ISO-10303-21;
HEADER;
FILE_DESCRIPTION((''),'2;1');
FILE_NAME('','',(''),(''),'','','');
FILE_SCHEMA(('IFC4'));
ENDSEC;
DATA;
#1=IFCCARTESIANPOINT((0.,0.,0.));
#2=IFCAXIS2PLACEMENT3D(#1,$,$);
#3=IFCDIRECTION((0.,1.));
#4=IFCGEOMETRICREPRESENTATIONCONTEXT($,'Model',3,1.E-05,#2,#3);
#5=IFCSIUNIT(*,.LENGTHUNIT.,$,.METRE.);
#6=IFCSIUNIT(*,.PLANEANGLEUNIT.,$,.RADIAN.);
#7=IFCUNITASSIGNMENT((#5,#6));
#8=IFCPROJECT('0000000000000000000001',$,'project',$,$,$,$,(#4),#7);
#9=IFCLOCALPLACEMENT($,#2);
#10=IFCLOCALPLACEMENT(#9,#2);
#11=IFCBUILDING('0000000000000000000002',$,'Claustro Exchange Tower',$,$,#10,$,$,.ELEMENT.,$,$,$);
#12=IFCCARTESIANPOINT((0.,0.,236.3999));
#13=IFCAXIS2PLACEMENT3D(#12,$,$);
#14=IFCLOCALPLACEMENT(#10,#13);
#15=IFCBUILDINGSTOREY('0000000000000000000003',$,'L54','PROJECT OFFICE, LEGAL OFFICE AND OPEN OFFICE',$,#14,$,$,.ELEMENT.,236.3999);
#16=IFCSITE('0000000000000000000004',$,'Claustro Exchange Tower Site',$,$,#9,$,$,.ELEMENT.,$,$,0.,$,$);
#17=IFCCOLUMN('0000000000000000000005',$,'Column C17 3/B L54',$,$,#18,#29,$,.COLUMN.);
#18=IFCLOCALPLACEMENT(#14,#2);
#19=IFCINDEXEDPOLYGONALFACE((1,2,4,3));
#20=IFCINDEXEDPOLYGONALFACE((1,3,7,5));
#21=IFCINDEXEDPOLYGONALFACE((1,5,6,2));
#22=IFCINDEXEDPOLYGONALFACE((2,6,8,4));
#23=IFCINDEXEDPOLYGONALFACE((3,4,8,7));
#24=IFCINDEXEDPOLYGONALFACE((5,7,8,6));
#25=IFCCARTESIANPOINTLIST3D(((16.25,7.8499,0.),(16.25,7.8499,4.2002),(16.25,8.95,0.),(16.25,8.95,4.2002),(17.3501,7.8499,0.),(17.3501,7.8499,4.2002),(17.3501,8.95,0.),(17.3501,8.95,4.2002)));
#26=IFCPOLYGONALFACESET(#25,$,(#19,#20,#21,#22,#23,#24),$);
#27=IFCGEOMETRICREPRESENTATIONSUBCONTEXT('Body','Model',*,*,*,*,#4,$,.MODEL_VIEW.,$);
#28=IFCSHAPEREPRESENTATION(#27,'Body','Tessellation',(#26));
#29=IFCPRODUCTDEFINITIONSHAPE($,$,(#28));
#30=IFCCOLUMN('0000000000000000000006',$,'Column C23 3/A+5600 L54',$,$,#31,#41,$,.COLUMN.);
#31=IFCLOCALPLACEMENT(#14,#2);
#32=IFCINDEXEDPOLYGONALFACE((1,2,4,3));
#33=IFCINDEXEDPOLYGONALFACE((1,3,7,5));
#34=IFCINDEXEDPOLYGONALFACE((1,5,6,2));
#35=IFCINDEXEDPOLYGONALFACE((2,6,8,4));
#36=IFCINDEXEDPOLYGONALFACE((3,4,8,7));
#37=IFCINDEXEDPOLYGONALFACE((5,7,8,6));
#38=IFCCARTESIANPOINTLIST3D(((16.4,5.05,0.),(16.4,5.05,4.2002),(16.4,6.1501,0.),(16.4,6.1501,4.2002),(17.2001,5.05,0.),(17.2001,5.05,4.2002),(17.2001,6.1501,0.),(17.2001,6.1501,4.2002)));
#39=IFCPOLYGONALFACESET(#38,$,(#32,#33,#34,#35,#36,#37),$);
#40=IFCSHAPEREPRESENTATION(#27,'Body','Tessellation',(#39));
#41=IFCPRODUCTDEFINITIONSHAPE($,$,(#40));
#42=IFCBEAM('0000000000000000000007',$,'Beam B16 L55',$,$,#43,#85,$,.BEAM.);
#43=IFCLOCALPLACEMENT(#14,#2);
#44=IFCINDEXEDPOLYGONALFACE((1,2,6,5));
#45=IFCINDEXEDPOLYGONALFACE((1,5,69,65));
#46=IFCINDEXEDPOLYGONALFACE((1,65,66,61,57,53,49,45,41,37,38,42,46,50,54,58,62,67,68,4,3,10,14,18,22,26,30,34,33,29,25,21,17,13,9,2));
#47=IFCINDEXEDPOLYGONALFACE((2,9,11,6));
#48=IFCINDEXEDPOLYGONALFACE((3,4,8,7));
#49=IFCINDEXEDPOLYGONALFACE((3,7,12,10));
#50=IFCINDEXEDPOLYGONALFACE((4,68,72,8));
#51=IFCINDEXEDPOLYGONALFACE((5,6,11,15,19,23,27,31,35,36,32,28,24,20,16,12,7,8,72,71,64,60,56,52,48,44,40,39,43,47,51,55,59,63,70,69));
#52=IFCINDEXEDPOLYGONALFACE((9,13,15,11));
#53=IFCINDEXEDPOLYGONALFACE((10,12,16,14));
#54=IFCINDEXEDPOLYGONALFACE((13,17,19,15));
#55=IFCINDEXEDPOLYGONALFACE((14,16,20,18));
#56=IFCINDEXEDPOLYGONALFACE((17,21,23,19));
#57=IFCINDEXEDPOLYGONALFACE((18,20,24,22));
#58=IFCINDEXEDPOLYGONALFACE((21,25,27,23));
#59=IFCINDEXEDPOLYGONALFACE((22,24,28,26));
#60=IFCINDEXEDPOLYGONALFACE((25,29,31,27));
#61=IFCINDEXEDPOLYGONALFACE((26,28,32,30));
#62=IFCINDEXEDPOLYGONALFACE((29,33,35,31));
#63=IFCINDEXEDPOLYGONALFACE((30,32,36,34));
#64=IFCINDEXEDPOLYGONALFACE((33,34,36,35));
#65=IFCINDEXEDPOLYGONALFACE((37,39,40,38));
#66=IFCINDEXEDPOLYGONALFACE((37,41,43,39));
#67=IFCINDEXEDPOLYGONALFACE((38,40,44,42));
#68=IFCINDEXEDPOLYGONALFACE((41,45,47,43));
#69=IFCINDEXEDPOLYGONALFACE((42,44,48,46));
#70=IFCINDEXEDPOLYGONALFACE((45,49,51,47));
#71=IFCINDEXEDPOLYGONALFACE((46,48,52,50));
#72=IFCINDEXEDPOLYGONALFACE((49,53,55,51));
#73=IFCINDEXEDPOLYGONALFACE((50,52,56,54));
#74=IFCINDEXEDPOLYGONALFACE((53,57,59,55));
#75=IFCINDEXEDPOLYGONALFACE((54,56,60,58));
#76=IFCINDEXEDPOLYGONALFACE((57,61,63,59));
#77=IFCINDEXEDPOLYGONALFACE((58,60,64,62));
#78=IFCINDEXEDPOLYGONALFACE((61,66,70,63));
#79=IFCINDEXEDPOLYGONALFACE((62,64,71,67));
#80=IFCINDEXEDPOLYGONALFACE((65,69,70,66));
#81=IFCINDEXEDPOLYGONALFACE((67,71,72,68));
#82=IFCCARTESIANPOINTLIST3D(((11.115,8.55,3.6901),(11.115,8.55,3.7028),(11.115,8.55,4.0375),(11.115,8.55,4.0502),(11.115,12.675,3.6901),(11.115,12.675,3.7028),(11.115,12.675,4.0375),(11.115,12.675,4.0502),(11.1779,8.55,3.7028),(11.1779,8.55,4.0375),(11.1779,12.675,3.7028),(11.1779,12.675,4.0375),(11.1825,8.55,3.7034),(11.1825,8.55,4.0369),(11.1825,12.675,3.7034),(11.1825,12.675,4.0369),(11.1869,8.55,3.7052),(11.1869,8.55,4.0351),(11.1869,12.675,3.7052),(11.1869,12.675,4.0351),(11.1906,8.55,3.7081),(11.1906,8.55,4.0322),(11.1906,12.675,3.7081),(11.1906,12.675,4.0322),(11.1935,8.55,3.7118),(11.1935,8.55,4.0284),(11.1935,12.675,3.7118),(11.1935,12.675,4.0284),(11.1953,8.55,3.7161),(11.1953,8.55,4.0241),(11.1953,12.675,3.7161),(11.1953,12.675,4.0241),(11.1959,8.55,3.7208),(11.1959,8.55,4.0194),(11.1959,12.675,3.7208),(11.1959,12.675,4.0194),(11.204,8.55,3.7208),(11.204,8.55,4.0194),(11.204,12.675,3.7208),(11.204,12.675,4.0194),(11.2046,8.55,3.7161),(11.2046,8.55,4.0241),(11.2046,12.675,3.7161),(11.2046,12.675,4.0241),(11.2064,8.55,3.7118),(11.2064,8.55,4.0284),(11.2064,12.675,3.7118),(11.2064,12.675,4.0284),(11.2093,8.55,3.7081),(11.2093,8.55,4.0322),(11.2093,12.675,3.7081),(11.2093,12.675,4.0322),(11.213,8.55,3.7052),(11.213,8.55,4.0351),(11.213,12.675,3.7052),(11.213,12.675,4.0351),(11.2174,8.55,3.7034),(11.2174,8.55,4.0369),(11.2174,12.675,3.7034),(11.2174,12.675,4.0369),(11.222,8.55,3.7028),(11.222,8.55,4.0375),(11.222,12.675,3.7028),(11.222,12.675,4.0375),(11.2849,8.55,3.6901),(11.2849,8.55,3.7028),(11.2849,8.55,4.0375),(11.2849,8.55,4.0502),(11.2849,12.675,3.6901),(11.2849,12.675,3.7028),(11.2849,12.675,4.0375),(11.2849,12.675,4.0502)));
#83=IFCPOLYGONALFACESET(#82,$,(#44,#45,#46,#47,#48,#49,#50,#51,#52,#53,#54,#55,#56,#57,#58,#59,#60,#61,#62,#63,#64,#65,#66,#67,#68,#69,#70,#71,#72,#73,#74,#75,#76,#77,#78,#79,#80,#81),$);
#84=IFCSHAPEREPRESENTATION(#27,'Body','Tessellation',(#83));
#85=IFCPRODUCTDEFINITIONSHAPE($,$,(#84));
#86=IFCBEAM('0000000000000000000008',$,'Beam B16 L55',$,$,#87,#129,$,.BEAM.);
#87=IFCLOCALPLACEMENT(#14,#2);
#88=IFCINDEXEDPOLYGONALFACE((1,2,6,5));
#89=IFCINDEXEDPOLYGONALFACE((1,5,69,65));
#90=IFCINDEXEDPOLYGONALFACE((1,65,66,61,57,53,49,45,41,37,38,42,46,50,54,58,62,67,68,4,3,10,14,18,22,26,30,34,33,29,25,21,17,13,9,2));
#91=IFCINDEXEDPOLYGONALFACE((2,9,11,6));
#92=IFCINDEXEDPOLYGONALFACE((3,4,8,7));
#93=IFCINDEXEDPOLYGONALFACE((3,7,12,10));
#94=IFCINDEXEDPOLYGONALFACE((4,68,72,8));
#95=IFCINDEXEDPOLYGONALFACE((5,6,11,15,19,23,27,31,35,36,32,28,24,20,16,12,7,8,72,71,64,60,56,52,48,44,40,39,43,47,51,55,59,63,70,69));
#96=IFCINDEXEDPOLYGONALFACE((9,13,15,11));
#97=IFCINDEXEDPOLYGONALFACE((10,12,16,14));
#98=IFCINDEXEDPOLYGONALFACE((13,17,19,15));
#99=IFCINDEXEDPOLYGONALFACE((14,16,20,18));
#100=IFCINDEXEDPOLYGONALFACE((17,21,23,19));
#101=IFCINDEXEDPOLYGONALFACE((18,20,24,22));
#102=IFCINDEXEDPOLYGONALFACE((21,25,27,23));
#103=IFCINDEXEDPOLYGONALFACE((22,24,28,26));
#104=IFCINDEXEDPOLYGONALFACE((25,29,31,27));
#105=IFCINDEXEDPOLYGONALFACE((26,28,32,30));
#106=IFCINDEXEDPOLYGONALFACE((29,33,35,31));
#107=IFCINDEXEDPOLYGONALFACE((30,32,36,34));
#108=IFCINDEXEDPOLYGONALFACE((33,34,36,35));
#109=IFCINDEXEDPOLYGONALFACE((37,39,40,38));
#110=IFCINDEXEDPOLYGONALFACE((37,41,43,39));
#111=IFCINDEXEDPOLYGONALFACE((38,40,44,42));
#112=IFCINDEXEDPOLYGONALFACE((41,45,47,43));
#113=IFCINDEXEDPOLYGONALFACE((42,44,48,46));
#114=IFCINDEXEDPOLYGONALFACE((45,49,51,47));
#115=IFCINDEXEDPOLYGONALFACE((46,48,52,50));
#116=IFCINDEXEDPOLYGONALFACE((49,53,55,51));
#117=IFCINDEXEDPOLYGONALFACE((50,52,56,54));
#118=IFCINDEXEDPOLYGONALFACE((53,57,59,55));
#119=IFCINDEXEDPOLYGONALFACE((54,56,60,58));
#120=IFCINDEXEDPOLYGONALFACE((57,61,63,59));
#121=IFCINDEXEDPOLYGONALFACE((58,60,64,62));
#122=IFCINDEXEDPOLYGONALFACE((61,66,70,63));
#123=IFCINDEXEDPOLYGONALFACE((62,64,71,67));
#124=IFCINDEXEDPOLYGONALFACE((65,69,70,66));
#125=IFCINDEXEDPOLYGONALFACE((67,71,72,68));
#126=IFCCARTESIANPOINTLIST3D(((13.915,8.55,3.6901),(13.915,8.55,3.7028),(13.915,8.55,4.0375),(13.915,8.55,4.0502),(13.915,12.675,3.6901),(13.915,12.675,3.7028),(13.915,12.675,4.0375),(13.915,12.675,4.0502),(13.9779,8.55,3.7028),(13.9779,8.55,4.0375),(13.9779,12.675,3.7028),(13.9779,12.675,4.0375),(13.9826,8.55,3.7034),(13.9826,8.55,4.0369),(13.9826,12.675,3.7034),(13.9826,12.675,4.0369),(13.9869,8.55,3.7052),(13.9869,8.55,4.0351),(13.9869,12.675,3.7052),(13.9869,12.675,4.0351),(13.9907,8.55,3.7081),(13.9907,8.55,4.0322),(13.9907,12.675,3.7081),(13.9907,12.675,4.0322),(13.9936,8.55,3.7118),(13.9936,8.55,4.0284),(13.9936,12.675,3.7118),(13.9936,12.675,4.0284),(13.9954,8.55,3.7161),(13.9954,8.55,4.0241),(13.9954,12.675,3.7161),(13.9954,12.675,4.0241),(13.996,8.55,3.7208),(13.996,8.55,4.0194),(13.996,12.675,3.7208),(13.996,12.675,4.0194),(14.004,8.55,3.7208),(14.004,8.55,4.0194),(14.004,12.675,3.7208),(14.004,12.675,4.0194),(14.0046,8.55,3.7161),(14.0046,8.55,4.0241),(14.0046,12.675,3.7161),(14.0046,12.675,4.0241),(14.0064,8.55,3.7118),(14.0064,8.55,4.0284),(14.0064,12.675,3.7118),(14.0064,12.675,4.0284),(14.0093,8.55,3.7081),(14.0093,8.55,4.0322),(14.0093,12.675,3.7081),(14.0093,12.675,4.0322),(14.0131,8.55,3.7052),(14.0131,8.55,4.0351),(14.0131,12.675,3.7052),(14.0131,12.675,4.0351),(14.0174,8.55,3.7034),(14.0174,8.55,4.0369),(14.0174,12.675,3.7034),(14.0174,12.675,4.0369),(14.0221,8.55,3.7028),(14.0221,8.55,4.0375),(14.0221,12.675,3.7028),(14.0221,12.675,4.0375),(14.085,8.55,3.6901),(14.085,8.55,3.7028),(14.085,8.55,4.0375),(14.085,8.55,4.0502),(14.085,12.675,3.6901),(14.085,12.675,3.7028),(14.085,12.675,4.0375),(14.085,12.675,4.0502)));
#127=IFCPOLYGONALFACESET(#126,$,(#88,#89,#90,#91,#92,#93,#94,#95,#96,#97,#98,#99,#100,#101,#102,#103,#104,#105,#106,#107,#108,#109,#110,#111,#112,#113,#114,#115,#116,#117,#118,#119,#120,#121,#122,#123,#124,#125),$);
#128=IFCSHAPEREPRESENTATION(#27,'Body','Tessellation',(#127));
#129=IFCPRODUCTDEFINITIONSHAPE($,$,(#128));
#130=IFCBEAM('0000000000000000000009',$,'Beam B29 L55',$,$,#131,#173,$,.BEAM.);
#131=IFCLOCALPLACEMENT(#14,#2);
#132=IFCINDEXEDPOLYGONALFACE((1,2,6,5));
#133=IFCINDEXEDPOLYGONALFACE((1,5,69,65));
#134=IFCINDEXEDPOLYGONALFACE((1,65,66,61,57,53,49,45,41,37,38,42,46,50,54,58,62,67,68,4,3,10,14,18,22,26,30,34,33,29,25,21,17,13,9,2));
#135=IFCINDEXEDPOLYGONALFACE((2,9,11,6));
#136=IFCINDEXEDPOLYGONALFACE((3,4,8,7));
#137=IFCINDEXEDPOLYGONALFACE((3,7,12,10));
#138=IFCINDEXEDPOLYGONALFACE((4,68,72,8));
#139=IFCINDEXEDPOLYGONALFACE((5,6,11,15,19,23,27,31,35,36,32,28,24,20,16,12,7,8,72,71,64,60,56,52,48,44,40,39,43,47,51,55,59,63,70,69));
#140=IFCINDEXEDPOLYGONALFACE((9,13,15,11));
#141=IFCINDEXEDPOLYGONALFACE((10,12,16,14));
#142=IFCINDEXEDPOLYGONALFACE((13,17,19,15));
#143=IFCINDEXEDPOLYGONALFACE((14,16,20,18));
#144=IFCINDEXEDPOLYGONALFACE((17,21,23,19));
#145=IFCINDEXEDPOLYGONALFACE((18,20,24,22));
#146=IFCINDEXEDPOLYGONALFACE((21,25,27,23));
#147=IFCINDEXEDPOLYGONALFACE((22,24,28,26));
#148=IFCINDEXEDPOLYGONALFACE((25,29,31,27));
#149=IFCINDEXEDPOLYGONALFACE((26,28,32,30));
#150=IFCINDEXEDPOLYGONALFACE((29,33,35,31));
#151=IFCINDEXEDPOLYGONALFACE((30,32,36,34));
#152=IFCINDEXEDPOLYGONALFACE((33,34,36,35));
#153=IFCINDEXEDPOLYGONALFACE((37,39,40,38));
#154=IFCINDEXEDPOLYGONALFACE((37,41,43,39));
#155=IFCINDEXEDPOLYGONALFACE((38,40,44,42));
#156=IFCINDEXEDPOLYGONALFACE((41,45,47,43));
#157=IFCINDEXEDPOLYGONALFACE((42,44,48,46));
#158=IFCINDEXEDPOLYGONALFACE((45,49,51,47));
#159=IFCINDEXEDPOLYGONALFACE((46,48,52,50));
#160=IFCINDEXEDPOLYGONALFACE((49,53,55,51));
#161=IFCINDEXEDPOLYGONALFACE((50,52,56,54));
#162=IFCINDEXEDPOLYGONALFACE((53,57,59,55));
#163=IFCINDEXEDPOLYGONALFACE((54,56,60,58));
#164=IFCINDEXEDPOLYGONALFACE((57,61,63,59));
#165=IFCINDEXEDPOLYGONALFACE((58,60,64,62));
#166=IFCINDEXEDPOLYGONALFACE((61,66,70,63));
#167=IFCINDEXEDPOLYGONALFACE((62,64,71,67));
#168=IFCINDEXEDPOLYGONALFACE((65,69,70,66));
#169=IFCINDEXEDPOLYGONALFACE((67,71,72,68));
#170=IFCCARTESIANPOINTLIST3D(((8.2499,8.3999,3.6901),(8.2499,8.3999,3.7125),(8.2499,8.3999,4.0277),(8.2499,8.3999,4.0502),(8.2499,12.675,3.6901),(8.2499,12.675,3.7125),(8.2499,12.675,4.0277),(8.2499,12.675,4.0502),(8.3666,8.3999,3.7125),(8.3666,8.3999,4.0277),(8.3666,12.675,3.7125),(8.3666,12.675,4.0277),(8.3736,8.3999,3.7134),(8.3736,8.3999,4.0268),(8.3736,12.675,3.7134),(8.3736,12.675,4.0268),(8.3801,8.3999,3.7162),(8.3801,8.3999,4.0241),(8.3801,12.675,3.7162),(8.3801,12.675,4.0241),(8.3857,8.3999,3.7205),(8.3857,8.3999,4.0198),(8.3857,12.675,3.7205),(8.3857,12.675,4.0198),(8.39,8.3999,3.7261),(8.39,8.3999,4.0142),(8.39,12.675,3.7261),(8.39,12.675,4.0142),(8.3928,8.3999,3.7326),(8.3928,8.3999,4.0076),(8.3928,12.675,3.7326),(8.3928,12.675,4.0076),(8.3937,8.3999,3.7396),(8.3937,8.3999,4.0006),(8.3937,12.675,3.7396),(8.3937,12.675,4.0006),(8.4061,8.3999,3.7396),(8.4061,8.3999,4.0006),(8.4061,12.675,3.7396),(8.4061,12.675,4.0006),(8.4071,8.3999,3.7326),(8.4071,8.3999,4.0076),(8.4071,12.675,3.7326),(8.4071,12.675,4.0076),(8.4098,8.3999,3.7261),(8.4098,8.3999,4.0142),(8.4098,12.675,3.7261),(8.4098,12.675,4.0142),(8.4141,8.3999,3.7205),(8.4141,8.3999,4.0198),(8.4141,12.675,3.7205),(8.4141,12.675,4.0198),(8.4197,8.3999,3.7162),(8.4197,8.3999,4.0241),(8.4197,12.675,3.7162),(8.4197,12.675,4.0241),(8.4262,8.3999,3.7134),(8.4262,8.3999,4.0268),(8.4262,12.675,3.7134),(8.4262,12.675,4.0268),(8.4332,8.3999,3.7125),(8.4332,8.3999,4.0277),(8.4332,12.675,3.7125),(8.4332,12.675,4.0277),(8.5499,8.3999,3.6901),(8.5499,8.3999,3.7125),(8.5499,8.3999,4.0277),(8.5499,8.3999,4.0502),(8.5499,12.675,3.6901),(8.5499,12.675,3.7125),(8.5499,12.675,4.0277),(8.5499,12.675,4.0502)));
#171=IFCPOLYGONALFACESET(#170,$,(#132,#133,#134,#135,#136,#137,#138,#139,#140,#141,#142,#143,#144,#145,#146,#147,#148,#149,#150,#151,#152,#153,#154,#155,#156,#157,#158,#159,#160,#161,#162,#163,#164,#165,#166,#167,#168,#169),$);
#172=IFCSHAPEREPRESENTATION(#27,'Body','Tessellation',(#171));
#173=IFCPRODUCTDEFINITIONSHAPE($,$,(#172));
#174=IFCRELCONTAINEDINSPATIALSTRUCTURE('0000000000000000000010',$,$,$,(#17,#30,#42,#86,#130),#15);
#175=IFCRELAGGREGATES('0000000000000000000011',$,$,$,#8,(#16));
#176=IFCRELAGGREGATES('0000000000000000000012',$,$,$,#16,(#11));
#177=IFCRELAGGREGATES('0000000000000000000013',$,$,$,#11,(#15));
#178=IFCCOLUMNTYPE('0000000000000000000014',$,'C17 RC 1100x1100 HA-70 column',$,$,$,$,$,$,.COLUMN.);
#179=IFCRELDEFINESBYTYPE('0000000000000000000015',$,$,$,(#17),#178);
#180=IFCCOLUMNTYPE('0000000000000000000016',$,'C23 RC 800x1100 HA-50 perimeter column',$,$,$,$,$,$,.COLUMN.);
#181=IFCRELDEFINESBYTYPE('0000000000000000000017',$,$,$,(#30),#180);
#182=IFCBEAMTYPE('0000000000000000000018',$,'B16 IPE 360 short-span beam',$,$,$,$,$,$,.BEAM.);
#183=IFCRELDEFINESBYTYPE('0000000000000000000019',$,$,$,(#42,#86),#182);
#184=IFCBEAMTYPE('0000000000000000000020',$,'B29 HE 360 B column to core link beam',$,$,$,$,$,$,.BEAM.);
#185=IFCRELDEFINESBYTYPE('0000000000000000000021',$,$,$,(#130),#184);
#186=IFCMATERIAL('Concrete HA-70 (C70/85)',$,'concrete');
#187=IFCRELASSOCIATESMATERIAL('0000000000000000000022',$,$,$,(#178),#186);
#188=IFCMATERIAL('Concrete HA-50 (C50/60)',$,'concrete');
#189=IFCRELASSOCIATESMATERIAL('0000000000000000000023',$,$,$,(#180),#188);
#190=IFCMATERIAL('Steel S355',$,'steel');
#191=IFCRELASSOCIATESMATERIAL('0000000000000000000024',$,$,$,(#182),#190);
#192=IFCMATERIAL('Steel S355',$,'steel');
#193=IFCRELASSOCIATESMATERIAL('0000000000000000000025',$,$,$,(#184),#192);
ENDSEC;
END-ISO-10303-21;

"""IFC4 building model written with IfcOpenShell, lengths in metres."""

from ifc_helpers import new_model, si_unit, direction, frame, origin, origin_2d, place, context, subcontext, project, spatial, rectangle, i_section, extrude, material, material_profile, profile_set, type_object, element, save


model = new_model("IFC4")

# Units and contexts
model_context = context("Model", 3, precision=1e-05, world=origin(), true_north=direction((0.0, 1.0)))
body_context = subcontext(model_context, "Body", "Model", "MODEL_VIEW")
ifc_project = project(units=[si_unit("LENGTHUNIT", "METRE"), si_unit("PLANEANGLEUNIT", "RADIAN")], contexts=[model_context])

# Site, building, storey
site_placement = place(None, origin())
site = spatial("IfcSite", under=ifc_project, at=site_placement, Name="Claustro Exchange Tower Site", CompositionType="ELEMENT", RefElevation=0.0)
building_placement = place(site_placement, origin())
building = spatial("IfcBuilding", under=site, at=building_placement, Name="Claustro Exchange Tower", CompositionType="ELEMENT")
storey_placement = place(building_placement, frame((0.0, 0.0, 236.3999)))
storey = spatial("IfcBuildingStorey", under=building, at=storey_placement, Name="L54", Description="PROJECT OFFICE, LEGAL OFFICE AND OPEN OFFICE", CompositionType="ELEMENT", Elevation=236.3999)

# Columns
ifc_material_1 = material(Name="Concrete HA-70 (C70/85)", Category="concrete")
ifc_material_profile_1 = material_profile(ifc_material_1, rectangle(XDim=1.1001, YDim=1.1001, at=origin_2d()), Name="RC 1100x1100")
ifc_profile_set_1 = profile_set([ifc_material_profile_1], Name="Concrete HA-70 (C70/85)")
column_type_1 = type_object("IfcColumnType", Name="C17 RC 1100x1100 HA-70 column", PredefinedType="COLUMN", material=ifc_profile_set_1)
column_1_placement = place(storey_placement, frame((16.8, 8.3999, 0.0), z_axis=(0.0, 0.0, 1.0), x_axis=(1.0, 0.0, 0.0)))
element("IfcColumn", 1, at=column_1_placement, inside=storey, type_object=column_type_1, Name="Column C17 3/B L54", PredefinedType="COLUMN", context=body_context, shape_type="SweptSolid", body=[
    extrude(rectangle(XDim=1.1001, YDim=1.1001, at=origin_2d()), origin(), (0.0, 0.0, 1.0), 4.2002),
])
ifc_material_2 = material(Name="Concrete HA-50 (C50/60)", Category="concrete")
ifc_material_profile_2 = material_profile(ifc_material_2, rectangle(XDim=0.8, YDim=1.1001, at=origin_2d()), Name="RC 800x1100")
ifc_profile_set_2 = profile_set([ifc_material_profile_2], Name="Concrete HA-50 (C50/60)")
column_type_2 = type_object("IfcColumnType", Name="C23 RC 800x1100 HA-50 perimeter column", PredefinedType="COLUMN", material=ifc_profile_set_2)
column_2_placement = place(storey_placement, frame((16.8, 5.6001, 0.0), z_axis=(0.0, 0.0, 1.0), x_axis=(1.0, 0.0, 0.0)))
element("IfcColumn", 2, at=column_2_placement, inside=storey, type_object=column_type_2, Name="Column C23 3/A+5600 L54", PredefinedType="COLUMN", context=body_context, shape_type="SweptSolid", body=[
    extrude(rectangle(XDim=0.8, YDim=1.1001, at=origin_2d()), origin(), (0.0, 0.0, 1.0), 4.2002),
])

# Beams
ifc_material_3 = material(Name="Steel S355", Category="steel")
ifc_material_profile_3 = material_profile(ifc_material_3, i_section(OverallWidth=0.1699, OverallDepth=0.3601, WebThickness=0.0081, FlangeThickness=0.0127, FilletRadius=0.0181, at=origin_2d()), Name="IPE 360")
ifc_profile_set_3 = profile_set([ifc_material_profile_3], Name="Steel S355")
beam_type_1 = type_object("IfcBeamType", Name="B16 IPE 360 short-span beam", PredefinedType="BEAM", material=ifc_profile_set_3)
for number, where, z_axis, x_axis, name in (
    (3, (11.2, 8.55, 3.8701), (0.0, 1.0, 0.0), (-1.0, 0.0, 0.0), "Beam B16 L55"),
    (4, (14.0, 8.55, 3.8701), (0.0, 1.0, 0.0), (-1.0, 0.0, 0.0), "Beam B16 L55"),
):
    element("IfcBeam", number, at=place(storey_placement, frame(where, z_axis=z_axis, x_axis=x_axis)), inside=storey, type_object=beam_type_1, Name=name, PredefinedType="BEAM", context=body_context, shape_type="SweptSolid", body=[
        extrude(i_section(OverallWidth=0.1699, OverallDepth=0.3601, WebThickness=0.0081, FlangeThickness=0.0127, FilletRadius=0.0181, at=origin_2d()), origin(), (0.0, 0.0, 1.0), 4.125),
    ])
ifc_material_4 = material(Name="Steel S355", Category="steel")
ifc_material_profile_4 = material_profile(ifc_material_4, i_section(OverallWidth=0.3, OverallDepth=0.3601, WebThickness=0.0125, FlangeThickness=0.0225, FilletRadius=0.0271, at=origin_2d()), Name="HE 360 B")
ifc_profile_set_4 = profile_set([ifc_material_profile_4], Name="Steel S355")
beam_type_2 = type_object("IfcBeamType", Name="B29 HE 360 B column to core link beam", PredefinedType="BEAM", material=ifc_profile_set_4)
for number, where, z_axis, x_axis, name in (
    (5, (8.3999, 8.3999, 3.8701), (0.0, 1.0, 0.0), (-1.0, 0.0, 0.0), "Beam B29 L55"),
):
    element("IfcBeam", number, at=place(storey_placement, frame(where, z_axis=z_axis, x_axis=x_axis)), inside=storey, type_object=beam_type_2, Name=name, PredefinedType="BEAM", context=body_context, shape_type="SweptSolid", body=[
        extrude(i_section(OverallWidth=0.3, OverallDepth=0.3601, WebThickness=0.0125, FlangeThickness=0.0225, FilletRadius=0.0271, at=origin_2d()), origin(), (0.0, 0.0, 1.0), 4.2751),
    ])

save(model, "model.ifc")
